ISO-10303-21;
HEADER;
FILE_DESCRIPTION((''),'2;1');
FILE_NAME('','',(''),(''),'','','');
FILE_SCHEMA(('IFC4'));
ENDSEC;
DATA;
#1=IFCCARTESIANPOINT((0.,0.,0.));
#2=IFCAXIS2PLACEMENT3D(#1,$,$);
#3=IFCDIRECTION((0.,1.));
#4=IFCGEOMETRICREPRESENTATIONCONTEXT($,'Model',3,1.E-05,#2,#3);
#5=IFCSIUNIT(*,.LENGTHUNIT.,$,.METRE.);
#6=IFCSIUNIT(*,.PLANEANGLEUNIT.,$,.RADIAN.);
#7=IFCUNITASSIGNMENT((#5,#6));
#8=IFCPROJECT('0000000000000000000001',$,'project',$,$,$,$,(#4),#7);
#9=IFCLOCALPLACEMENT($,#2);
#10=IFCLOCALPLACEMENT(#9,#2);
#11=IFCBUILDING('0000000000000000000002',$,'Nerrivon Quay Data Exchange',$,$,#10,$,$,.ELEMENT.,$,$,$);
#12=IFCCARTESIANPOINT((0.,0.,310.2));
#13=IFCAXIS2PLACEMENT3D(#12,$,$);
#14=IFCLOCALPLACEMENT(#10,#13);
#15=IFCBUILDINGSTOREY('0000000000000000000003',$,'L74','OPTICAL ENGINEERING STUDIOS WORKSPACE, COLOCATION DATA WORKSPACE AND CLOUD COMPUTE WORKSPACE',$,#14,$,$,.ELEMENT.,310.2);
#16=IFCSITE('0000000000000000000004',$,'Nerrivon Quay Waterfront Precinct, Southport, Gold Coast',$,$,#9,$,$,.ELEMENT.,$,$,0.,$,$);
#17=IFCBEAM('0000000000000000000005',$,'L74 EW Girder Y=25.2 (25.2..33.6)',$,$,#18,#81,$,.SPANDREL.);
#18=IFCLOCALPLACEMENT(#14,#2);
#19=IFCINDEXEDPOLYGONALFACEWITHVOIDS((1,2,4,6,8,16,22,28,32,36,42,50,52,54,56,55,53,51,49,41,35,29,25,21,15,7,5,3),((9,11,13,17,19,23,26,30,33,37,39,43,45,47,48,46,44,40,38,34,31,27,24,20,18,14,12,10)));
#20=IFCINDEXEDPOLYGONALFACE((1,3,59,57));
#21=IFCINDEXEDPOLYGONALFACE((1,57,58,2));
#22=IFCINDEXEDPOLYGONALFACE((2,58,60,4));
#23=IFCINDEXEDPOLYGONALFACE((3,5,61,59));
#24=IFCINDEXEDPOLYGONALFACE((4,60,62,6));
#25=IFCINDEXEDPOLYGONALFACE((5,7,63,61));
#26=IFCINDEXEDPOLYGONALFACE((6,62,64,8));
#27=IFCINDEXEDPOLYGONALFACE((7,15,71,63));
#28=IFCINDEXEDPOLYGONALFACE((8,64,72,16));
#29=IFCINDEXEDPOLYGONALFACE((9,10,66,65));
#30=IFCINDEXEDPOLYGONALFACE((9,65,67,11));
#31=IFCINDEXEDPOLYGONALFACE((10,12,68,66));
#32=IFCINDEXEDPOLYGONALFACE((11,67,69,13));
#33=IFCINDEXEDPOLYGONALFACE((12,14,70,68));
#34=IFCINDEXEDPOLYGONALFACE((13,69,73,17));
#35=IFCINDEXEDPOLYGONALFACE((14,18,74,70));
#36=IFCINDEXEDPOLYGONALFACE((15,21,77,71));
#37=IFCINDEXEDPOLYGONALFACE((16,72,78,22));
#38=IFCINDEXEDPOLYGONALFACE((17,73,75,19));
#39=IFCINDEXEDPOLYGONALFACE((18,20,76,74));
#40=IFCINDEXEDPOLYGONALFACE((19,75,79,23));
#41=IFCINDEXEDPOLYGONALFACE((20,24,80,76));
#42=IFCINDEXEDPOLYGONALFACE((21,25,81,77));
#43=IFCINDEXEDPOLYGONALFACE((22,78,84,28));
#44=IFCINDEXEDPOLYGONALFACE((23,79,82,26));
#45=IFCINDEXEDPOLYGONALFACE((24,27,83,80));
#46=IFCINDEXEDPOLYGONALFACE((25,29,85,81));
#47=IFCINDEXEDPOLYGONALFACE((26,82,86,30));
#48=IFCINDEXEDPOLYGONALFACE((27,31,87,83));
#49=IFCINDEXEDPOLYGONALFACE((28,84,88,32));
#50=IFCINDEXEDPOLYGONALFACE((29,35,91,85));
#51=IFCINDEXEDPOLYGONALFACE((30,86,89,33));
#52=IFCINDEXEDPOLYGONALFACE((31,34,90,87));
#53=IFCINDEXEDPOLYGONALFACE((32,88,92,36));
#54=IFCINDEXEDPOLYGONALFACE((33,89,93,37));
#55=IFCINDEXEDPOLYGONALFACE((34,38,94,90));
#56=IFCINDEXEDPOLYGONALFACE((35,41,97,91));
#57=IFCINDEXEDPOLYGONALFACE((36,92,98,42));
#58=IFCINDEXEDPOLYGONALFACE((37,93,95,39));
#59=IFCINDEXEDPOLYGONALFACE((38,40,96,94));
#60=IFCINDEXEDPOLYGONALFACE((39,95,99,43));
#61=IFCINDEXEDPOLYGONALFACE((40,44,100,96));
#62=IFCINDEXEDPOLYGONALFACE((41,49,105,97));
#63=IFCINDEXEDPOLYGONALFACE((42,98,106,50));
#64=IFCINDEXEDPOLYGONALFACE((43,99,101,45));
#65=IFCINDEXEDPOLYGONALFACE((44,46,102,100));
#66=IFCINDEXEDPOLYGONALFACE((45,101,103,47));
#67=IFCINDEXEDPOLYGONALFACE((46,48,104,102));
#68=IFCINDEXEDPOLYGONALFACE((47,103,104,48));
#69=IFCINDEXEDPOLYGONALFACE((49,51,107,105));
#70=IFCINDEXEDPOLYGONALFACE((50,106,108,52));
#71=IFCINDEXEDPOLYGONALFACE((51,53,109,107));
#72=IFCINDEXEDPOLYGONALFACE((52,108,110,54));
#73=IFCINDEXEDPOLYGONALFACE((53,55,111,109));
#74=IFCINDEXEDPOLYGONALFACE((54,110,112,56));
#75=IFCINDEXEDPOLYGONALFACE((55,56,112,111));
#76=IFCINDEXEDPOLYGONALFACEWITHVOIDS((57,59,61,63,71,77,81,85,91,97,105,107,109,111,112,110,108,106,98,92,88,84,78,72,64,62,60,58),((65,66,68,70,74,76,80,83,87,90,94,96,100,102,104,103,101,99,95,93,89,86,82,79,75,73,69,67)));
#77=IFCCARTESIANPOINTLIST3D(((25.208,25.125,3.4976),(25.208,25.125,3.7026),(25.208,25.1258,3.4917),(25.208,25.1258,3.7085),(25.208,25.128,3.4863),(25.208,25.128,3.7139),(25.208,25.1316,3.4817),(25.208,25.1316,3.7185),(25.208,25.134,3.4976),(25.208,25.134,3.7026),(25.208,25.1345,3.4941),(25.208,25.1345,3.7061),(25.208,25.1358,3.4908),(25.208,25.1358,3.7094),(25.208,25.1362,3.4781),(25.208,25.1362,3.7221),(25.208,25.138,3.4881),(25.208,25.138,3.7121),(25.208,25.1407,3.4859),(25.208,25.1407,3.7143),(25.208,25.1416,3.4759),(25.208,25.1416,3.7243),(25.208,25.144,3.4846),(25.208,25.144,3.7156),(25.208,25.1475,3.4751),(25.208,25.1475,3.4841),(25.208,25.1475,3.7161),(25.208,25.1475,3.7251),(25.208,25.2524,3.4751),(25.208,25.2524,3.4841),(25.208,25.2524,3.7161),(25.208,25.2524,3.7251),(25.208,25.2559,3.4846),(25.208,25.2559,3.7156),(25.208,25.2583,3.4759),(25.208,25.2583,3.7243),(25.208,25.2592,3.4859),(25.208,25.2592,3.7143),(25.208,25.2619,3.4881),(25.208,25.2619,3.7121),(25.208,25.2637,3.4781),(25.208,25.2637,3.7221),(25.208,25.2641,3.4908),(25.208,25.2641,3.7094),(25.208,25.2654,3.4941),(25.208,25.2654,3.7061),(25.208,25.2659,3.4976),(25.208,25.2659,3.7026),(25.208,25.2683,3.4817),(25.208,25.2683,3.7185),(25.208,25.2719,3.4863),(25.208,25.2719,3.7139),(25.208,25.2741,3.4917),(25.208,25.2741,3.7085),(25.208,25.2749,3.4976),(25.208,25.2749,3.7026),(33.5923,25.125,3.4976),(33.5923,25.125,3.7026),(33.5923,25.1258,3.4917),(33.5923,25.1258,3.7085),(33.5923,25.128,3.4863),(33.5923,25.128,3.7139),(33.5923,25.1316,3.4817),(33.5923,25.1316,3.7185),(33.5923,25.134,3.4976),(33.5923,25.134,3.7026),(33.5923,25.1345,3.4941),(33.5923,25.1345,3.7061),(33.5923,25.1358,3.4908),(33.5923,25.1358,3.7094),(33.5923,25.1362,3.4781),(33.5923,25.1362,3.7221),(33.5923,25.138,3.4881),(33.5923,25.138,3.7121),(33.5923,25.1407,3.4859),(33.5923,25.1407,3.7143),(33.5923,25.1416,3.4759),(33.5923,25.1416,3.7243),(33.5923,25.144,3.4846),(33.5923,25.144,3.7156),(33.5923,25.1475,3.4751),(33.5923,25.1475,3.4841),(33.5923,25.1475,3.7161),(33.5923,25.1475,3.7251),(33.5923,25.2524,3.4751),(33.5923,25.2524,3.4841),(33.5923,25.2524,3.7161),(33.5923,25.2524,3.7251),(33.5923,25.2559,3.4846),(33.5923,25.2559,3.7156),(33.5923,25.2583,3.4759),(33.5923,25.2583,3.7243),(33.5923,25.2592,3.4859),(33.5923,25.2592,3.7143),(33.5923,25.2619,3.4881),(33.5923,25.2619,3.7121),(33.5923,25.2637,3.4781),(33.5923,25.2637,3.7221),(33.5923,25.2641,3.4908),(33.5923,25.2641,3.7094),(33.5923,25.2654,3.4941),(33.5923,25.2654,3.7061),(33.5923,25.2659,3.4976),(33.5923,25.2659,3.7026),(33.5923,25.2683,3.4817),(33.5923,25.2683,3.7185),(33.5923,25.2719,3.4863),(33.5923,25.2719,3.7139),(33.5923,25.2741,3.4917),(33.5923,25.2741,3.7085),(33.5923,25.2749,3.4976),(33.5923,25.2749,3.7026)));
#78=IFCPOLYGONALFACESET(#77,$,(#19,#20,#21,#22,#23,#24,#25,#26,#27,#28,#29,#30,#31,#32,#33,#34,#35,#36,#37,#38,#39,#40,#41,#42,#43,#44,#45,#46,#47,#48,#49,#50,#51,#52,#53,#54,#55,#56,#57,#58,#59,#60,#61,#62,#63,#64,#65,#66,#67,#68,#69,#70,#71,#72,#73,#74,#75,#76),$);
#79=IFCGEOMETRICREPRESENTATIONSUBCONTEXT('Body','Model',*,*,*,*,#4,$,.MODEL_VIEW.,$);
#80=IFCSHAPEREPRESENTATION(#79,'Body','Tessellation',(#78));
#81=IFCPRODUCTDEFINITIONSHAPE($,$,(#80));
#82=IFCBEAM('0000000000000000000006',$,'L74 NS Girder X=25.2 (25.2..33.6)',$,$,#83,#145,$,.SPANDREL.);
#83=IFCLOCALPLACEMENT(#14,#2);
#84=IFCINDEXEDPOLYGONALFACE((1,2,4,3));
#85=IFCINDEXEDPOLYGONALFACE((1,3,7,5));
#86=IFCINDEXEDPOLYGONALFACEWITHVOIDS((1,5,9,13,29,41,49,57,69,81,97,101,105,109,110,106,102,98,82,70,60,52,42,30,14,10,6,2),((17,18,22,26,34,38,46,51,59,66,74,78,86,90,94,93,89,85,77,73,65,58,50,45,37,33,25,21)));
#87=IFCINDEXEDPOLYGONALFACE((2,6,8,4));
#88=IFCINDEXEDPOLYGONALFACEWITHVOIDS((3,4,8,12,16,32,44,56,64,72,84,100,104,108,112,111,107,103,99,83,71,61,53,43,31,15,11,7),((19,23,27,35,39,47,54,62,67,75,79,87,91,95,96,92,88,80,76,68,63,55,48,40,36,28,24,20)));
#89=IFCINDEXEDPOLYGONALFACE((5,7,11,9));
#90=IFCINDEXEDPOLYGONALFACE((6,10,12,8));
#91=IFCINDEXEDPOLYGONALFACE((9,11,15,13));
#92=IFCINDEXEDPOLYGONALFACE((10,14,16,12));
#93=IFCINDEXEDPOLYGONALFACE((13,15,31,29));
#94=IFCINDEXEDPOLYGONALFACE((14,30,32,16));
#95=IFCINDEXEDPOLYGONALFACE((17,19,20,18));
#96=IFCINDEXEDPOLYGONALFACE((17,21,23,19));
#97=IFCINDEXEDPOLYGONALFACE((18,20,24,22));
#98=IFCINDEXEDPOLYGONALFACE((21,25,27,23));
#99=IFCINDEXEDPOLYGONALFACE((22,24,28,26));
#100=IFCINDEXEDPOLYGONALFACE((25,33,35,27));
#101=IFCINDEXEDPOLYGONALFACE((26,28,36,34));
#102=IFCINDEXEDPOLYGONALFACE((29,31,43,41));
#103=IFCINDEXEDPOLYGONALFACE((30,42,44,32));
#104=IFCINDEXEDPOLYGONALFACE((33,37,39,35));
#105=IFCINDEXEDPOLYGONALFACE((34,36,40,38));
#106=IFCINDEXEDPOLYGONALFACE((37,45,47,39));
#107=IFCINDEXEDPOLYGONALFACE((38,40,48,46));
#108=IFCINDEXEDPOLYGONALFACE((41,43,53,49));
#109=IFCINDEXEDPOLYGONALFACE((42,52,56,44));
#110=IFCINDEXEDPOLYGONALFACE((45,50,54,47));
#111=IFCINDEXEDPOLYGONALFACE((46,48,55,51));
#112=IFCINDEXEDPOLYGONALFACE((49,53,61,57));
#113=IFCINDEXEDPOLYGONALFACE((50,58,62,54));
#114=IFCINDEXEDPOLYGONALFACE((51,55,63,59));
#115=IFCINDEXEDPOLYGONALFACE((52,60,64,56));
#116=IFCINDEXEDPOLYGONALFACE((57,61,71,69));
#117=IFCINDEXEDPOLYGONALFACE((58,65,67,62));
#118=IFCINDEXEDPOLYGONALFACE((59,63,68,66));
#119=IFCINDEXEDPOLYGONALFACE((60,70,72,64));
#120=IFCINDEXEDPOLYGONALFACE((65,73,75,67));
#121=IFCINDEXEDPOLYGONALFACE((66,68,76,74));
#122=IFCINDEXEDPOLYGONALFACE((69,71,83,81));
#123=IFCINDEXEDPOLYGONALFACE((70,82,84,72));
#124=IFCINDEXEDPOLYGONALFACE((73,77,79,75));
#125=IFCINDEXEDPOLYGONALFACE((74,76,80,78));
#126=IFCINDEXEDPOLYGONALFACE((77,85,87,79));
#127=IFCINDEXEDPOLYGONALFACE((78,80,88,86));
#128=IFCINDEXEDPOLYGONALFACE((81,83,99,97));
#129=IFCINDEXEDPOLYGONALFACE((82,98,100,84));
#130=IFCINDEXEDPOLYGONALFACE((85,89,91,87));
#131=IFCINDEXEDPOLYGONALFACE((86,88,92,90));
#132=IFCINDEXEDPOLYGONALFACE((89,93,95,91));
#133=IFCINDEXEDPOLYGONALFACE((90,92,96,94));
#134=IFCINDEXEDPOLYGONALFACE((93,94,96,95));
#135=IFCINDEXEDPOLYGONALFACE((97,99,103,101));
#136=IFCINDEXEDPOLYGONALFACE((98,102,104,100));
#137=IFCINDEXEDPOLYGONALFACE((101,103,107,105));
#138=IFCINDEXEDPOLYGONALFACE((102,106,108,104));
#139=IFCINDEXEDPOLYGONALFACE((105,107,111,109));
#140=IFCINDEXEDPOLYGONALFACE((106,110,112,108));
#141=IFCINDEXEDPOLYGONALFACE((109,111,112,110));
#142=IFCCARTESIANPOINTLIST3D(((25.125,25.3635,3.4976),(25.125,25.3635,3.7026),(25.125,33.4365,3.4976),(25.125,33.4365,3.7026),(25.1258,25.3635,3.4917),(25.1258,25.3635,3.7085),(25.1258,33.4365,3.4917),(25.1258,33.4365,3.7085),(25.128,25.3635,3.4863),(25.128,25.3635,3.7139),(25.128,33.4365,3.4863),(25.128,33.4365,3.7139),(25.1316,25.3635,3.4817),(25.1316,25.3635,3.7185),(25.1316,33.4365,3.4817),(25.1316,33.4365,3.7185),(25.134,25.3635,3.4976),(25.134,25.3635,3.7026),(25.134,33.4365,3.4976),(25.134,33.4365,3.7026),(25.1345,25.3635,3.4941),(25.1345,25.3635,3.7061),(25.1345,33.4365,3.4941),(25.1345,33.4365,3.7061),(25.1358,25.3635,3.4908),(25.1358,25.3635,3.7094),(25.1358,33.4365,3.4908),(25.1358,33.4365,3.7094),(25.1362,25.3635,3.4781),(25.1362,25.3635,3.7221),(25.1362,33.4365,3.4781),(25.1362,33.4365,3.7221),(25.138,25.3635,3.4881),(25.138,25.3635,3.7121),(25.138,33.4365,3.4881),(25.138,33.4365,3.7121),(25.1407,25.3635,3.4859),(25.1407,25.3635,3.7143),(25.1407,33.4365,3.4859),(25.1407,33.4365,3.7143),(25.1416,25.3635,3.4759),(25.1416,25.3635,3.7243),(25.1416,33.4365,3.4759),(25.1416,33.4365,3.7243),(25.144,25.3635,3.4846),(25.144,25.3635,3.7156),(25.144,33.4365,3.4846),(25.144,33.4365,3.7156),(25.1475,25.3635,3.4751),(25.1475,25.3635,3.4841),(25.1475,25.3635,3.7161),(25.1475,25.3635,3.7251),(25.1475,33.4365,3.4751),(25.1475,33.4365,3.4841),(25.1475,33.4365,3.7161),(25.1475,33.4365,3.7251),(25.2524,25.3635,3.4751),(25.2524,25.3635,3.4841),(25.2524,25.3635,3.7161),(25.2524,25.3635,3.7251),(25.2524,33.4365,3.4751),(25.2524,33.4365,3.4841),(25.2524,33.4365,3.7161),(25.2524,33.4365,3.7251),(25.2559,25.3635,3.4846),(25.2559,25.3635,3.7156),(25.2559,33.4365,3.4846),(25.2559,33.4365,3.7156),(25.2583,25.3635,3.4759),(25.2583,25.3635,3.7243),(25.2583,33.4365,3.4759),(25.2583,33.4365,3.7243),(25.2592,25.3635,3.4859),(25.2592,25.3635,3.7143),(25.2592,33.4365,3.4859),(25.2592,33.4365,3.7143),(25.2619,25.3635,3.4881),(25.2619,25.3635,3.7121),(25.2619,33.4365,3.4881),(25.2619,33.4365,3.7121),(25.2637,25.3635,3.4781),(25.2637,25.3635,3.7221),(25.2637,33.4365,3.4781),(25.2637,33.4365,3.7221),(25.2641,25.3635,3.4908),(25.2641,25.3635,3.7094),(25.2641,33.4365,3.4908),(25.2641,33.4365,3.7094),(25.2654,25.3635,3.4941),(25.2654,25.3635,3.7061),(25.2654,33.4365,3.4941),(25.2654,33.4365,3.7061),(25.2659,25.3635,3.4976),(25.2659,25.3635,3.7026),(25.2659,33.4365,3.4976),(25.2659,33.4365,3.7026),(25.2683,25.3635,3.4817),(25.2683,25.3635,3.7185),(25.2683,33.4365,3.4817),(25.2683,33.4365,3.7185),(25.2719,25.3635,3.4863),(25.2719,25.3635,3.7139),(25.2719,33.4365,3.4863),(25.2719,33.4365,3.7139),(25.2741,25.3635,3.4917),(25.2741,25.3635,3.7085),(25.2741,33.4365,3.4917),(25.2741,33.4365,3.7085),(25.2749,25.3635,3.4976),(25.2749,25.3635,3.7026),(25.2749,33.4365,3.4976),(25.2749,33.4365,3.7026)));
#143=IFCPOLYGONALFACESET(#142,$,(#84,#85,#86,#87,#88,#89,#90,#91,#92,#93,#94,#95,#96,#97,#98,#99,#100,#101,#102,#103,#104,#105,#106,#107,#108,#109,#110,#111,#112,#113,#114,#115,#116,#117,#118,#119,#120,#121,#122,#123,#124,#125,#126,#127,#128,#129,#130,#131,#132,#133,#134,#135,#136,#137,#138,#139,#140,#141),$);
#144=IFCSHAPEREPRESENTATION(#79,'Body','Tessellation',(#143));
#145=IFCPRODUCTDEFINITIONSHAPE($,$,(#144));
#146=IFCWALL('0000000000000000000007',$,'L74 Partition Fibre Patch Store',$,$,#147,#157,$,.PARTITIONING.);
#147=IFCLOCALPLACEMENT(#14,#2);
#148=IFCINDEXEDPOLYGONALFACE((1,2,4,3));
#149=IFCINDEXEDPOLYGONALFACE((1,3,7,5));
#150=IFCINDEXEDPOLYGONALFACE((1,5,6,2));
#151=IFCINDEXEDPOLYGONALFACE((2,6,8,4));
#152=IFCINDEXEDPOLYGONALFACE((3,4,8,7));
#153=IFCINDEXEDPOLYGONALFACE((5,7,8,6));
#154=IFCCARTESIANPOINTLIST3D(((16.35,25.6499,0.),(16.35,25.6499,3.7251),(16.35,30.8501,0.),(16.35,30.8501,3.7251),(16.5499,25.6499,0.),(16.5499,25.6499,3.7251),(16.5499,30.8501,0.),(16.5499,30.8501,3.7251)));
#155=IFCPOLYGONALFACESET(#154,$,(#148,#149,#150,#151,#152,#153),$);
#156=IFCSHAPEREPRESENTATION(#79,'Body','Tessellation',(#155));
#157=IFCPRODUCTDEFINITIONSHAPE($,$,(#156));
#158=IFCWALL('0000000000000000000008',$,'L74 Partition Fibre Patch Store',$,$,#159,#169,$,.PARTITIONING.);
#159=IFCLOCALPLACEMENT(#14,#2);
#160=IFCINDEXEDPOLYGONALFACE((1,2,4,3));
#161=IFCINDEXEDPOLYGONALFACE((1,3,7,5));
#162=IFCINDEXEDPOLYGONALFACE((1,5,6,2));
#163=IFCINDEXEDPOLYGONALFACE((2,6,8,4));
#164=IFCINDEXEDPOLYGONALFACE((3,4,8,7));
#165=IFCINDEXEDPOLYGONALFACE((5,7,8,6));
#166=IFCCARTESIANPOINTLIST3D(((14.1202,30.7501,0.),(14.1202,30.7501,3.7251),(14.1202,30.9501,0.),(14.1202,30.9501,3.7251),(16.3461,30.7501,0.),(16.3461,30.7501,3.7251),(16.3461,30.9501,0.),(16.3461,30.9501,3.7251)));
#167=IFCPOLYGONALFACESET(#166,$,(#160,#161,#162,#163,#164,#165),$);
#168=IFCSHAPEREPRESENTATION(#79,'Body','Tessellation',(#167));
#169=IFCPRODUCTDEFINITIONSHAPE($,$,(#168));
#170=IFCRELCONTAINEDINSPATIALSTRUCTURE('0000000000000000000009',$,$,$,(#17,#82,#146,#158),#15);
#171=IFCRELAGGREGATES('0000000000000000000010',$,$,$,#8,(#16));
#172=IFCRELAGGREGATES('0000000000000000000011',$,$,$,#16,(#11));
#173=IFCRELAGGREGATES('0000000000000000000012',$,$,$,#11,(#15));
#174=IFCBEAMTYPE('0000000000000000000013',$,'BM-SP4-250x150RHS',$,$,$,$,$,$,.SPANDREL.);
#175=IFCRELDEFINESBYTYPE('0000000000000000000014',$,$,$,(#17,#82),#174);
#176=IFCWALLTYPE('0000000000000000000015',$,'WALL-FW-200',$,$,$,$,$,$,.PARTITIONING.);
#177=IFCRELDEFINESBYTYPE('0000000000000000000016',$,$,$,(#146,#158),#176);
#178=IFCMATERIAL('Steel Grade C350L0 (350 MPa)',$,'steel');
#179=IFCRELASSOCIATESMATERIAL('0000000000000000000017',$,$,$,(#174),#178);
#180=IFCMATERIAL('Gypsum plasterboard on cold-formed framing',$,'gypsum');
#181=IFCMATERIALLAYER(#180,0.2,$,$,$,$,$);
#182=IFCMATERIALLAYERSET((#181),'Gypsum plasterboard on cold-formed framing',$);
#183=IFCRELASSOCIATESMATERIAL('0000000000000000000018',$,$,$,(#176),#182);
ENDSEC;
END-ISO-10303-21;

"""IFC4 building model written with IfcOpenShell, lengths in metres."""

from ifc_helpers import new_model, si_unit, direction, frame, frame_2d, origin, origin_2d, place, context, subcontext, project, spatial, rectangle, hollow_rectangle, extrude, material, layer, layer_set, material_profile, profile_set, type_object, element, save


model = new_model("IFC4")

# Units and contexts
model_context = context("Model", 3, precision=1e-05, world=origin(), true_north=direction((0.0, 1.0)))
body_context = subcontext(model_context, "Body", "Model", "MODEL_VIEW")
ifc_project = project(units=[si_unit("LENGTHUNIT", "METRE"), si_unit("PLANEANGLEUNIT", "RADIAN")], contexts=[model_context])

# Site, building, storey
site_placement = place(None, origin())
site = spatial("IfcSite", under=ifc_project, at=site_placement, Name="Nerrivon Quay Waterfront Precinct, Southport, Gold Coast", CompositionType="ELEMENT", RefElevation=0.0)
building_placement = place(site_placement, origin())
building = spatial("IfcBuilding", under=site, at=building_placement, Name="Nerrivon Quay Data Exchange", CompositionType="ELEMENT")
storey_placement = place(building_placement, frame((0.0, 0.0, 310.2)))
storey = spatial("IfcBuildingStorey", under=building, at=storey_placement, Name="L74", Description="OPTICAL ENGINEERING STUDIOS WORKSPACE, COLOCATION DATA WORKSPACE AND CLOUD COMPUTE WORKSPACE", CompositionType="ELEMENT", Elevation=310.2)

# Beams
ifc_material_1 = material(Name="Steel Grade C350L0 (350 MPa)", Category="steel")
ifc_material_profile_1 = material_profile(ifc_material_1, hollow_rectangle(XDim=0.1499, YDim=0.25, WallThickness=0.009, InnerFilletRadius=0.0134, OuterFilletRadius=0.0225, at=origin_2d()), Name="250x150x9.0RHS")
ifc_profile_set_1 = profile_set([ifc_material_profile_1], Name="Steel Grade C350L0 (350 MPa)")
beam_type_1 = type_object("IfcBeamType", Name="BM-SP4-250x150RHS", PredefinedType="SPANDREL", material=ifc_profile_set_1)
beam_1_placement = place(storey_placement, frame((25.208, 25.2, 3.6001), z_axis=(1.0, 0.0, 0.0), x_axis=(0.0, 1.0, 0.0)))
element("IfcBeam", 1, at=beam_1_placement, inside=storey, type_object=beam_type_1, Name="L74 EW Girder Y=25.2 (25.2..33.6)", PredefinedType="SPANDREL", context=body_context, shape_type="SweptSolid", body=[
    extrude(hollow_rectangle(XDim=0.1499, YDim=0.25, WallThickness=0.009, InnerFilletRadius=0.0134, OuterFilletRadius=0.0225, at=origin_2d()), origin(), (0.0, 0.0, 1.0), 8.3843),
])
beam_2_placement = place(storey_placement, frame((25.2, 25.3635, 3.6001), z_axis=(0.0, 1.0, 0.0), x_axis=(-1.0, 0.0, 0.0)))
element("IfcBeam", 2, at=beam_2_placement, inside=storey, type_object=beam_type_1, Name="L74 NS Girder X=25.2 (25.2..33.6)", PredefinedType="SPANDREL", context=body_context, shape_type="SweptSolid", body=[
    extrude(hollow_rectangle(XDim=0.1499, YDim=0.25, WallThickness=0.009, InnerFilletRadius=0.0134, OuterFilletRadius=0.0225, at=origin_2d()), origin(), (0.0, 0.0, 1.0), 8.073),
])

# Walls
ifc_material_2 = material(Name="Gypsum plasterboard on cold-formed framing", Category="gypsum")
ifc_layer_1 = layer(ifc_material_2, 0.2)
ifc_layer_set_1 = layer_set([ifc_layer_1], Name="Gypsum plasterboard on cold-formed framing")
wall_type_1 = type_object("IfcWallType", Name="WALL-FW-200", PredefinedType="PARTITIONING", material=ifc_layer_set_1)
wall_1_placement = place(storey_placement, frame((16.45, 25.6499, 0.0), z_axis=(0.0, 0.0, 1.0), x_axis=(0.0, 1.0, 0.0)))
element("IfcWall", 3, at=wall_1_placement, inside=storey, type_object=wall_type_1, Name="L74 Partition Fibre Patch Store", PredefinedType="PARTITIONING", context=body_context, shape_type="SweptSolid", body=[
    extrude(rectangle(XDim=5.2002, YDim=0.2, at=frame_2d((2.6001, 0.0))), origin(), (0.0, 0.0, 1.0), 3.7251),
])
wall_2_placement = place(storey_placement, frame((16.3459, 30.8501, 0.0), z_axis=(0.0, 0.0, 1.0), x_axis=(-1.0, 0.0, 0.0)))
element("IfcWall", 4, at=wall_2_placement, inside=storey, type_object=wall_type_1, Name="L74 Partition Fibre Patch Store", PredefinedType="PARTITIONING", context=body_context, shape_type="SweptSolid", body=[
    extrude(rectangle(XDim=2.2258, YDim=0.2, at=frame_2d((1.1128, 0.0))), origin(), (0.0, 0.0, 1.0), 3.7251),
])

save(model, "model.ifc")
